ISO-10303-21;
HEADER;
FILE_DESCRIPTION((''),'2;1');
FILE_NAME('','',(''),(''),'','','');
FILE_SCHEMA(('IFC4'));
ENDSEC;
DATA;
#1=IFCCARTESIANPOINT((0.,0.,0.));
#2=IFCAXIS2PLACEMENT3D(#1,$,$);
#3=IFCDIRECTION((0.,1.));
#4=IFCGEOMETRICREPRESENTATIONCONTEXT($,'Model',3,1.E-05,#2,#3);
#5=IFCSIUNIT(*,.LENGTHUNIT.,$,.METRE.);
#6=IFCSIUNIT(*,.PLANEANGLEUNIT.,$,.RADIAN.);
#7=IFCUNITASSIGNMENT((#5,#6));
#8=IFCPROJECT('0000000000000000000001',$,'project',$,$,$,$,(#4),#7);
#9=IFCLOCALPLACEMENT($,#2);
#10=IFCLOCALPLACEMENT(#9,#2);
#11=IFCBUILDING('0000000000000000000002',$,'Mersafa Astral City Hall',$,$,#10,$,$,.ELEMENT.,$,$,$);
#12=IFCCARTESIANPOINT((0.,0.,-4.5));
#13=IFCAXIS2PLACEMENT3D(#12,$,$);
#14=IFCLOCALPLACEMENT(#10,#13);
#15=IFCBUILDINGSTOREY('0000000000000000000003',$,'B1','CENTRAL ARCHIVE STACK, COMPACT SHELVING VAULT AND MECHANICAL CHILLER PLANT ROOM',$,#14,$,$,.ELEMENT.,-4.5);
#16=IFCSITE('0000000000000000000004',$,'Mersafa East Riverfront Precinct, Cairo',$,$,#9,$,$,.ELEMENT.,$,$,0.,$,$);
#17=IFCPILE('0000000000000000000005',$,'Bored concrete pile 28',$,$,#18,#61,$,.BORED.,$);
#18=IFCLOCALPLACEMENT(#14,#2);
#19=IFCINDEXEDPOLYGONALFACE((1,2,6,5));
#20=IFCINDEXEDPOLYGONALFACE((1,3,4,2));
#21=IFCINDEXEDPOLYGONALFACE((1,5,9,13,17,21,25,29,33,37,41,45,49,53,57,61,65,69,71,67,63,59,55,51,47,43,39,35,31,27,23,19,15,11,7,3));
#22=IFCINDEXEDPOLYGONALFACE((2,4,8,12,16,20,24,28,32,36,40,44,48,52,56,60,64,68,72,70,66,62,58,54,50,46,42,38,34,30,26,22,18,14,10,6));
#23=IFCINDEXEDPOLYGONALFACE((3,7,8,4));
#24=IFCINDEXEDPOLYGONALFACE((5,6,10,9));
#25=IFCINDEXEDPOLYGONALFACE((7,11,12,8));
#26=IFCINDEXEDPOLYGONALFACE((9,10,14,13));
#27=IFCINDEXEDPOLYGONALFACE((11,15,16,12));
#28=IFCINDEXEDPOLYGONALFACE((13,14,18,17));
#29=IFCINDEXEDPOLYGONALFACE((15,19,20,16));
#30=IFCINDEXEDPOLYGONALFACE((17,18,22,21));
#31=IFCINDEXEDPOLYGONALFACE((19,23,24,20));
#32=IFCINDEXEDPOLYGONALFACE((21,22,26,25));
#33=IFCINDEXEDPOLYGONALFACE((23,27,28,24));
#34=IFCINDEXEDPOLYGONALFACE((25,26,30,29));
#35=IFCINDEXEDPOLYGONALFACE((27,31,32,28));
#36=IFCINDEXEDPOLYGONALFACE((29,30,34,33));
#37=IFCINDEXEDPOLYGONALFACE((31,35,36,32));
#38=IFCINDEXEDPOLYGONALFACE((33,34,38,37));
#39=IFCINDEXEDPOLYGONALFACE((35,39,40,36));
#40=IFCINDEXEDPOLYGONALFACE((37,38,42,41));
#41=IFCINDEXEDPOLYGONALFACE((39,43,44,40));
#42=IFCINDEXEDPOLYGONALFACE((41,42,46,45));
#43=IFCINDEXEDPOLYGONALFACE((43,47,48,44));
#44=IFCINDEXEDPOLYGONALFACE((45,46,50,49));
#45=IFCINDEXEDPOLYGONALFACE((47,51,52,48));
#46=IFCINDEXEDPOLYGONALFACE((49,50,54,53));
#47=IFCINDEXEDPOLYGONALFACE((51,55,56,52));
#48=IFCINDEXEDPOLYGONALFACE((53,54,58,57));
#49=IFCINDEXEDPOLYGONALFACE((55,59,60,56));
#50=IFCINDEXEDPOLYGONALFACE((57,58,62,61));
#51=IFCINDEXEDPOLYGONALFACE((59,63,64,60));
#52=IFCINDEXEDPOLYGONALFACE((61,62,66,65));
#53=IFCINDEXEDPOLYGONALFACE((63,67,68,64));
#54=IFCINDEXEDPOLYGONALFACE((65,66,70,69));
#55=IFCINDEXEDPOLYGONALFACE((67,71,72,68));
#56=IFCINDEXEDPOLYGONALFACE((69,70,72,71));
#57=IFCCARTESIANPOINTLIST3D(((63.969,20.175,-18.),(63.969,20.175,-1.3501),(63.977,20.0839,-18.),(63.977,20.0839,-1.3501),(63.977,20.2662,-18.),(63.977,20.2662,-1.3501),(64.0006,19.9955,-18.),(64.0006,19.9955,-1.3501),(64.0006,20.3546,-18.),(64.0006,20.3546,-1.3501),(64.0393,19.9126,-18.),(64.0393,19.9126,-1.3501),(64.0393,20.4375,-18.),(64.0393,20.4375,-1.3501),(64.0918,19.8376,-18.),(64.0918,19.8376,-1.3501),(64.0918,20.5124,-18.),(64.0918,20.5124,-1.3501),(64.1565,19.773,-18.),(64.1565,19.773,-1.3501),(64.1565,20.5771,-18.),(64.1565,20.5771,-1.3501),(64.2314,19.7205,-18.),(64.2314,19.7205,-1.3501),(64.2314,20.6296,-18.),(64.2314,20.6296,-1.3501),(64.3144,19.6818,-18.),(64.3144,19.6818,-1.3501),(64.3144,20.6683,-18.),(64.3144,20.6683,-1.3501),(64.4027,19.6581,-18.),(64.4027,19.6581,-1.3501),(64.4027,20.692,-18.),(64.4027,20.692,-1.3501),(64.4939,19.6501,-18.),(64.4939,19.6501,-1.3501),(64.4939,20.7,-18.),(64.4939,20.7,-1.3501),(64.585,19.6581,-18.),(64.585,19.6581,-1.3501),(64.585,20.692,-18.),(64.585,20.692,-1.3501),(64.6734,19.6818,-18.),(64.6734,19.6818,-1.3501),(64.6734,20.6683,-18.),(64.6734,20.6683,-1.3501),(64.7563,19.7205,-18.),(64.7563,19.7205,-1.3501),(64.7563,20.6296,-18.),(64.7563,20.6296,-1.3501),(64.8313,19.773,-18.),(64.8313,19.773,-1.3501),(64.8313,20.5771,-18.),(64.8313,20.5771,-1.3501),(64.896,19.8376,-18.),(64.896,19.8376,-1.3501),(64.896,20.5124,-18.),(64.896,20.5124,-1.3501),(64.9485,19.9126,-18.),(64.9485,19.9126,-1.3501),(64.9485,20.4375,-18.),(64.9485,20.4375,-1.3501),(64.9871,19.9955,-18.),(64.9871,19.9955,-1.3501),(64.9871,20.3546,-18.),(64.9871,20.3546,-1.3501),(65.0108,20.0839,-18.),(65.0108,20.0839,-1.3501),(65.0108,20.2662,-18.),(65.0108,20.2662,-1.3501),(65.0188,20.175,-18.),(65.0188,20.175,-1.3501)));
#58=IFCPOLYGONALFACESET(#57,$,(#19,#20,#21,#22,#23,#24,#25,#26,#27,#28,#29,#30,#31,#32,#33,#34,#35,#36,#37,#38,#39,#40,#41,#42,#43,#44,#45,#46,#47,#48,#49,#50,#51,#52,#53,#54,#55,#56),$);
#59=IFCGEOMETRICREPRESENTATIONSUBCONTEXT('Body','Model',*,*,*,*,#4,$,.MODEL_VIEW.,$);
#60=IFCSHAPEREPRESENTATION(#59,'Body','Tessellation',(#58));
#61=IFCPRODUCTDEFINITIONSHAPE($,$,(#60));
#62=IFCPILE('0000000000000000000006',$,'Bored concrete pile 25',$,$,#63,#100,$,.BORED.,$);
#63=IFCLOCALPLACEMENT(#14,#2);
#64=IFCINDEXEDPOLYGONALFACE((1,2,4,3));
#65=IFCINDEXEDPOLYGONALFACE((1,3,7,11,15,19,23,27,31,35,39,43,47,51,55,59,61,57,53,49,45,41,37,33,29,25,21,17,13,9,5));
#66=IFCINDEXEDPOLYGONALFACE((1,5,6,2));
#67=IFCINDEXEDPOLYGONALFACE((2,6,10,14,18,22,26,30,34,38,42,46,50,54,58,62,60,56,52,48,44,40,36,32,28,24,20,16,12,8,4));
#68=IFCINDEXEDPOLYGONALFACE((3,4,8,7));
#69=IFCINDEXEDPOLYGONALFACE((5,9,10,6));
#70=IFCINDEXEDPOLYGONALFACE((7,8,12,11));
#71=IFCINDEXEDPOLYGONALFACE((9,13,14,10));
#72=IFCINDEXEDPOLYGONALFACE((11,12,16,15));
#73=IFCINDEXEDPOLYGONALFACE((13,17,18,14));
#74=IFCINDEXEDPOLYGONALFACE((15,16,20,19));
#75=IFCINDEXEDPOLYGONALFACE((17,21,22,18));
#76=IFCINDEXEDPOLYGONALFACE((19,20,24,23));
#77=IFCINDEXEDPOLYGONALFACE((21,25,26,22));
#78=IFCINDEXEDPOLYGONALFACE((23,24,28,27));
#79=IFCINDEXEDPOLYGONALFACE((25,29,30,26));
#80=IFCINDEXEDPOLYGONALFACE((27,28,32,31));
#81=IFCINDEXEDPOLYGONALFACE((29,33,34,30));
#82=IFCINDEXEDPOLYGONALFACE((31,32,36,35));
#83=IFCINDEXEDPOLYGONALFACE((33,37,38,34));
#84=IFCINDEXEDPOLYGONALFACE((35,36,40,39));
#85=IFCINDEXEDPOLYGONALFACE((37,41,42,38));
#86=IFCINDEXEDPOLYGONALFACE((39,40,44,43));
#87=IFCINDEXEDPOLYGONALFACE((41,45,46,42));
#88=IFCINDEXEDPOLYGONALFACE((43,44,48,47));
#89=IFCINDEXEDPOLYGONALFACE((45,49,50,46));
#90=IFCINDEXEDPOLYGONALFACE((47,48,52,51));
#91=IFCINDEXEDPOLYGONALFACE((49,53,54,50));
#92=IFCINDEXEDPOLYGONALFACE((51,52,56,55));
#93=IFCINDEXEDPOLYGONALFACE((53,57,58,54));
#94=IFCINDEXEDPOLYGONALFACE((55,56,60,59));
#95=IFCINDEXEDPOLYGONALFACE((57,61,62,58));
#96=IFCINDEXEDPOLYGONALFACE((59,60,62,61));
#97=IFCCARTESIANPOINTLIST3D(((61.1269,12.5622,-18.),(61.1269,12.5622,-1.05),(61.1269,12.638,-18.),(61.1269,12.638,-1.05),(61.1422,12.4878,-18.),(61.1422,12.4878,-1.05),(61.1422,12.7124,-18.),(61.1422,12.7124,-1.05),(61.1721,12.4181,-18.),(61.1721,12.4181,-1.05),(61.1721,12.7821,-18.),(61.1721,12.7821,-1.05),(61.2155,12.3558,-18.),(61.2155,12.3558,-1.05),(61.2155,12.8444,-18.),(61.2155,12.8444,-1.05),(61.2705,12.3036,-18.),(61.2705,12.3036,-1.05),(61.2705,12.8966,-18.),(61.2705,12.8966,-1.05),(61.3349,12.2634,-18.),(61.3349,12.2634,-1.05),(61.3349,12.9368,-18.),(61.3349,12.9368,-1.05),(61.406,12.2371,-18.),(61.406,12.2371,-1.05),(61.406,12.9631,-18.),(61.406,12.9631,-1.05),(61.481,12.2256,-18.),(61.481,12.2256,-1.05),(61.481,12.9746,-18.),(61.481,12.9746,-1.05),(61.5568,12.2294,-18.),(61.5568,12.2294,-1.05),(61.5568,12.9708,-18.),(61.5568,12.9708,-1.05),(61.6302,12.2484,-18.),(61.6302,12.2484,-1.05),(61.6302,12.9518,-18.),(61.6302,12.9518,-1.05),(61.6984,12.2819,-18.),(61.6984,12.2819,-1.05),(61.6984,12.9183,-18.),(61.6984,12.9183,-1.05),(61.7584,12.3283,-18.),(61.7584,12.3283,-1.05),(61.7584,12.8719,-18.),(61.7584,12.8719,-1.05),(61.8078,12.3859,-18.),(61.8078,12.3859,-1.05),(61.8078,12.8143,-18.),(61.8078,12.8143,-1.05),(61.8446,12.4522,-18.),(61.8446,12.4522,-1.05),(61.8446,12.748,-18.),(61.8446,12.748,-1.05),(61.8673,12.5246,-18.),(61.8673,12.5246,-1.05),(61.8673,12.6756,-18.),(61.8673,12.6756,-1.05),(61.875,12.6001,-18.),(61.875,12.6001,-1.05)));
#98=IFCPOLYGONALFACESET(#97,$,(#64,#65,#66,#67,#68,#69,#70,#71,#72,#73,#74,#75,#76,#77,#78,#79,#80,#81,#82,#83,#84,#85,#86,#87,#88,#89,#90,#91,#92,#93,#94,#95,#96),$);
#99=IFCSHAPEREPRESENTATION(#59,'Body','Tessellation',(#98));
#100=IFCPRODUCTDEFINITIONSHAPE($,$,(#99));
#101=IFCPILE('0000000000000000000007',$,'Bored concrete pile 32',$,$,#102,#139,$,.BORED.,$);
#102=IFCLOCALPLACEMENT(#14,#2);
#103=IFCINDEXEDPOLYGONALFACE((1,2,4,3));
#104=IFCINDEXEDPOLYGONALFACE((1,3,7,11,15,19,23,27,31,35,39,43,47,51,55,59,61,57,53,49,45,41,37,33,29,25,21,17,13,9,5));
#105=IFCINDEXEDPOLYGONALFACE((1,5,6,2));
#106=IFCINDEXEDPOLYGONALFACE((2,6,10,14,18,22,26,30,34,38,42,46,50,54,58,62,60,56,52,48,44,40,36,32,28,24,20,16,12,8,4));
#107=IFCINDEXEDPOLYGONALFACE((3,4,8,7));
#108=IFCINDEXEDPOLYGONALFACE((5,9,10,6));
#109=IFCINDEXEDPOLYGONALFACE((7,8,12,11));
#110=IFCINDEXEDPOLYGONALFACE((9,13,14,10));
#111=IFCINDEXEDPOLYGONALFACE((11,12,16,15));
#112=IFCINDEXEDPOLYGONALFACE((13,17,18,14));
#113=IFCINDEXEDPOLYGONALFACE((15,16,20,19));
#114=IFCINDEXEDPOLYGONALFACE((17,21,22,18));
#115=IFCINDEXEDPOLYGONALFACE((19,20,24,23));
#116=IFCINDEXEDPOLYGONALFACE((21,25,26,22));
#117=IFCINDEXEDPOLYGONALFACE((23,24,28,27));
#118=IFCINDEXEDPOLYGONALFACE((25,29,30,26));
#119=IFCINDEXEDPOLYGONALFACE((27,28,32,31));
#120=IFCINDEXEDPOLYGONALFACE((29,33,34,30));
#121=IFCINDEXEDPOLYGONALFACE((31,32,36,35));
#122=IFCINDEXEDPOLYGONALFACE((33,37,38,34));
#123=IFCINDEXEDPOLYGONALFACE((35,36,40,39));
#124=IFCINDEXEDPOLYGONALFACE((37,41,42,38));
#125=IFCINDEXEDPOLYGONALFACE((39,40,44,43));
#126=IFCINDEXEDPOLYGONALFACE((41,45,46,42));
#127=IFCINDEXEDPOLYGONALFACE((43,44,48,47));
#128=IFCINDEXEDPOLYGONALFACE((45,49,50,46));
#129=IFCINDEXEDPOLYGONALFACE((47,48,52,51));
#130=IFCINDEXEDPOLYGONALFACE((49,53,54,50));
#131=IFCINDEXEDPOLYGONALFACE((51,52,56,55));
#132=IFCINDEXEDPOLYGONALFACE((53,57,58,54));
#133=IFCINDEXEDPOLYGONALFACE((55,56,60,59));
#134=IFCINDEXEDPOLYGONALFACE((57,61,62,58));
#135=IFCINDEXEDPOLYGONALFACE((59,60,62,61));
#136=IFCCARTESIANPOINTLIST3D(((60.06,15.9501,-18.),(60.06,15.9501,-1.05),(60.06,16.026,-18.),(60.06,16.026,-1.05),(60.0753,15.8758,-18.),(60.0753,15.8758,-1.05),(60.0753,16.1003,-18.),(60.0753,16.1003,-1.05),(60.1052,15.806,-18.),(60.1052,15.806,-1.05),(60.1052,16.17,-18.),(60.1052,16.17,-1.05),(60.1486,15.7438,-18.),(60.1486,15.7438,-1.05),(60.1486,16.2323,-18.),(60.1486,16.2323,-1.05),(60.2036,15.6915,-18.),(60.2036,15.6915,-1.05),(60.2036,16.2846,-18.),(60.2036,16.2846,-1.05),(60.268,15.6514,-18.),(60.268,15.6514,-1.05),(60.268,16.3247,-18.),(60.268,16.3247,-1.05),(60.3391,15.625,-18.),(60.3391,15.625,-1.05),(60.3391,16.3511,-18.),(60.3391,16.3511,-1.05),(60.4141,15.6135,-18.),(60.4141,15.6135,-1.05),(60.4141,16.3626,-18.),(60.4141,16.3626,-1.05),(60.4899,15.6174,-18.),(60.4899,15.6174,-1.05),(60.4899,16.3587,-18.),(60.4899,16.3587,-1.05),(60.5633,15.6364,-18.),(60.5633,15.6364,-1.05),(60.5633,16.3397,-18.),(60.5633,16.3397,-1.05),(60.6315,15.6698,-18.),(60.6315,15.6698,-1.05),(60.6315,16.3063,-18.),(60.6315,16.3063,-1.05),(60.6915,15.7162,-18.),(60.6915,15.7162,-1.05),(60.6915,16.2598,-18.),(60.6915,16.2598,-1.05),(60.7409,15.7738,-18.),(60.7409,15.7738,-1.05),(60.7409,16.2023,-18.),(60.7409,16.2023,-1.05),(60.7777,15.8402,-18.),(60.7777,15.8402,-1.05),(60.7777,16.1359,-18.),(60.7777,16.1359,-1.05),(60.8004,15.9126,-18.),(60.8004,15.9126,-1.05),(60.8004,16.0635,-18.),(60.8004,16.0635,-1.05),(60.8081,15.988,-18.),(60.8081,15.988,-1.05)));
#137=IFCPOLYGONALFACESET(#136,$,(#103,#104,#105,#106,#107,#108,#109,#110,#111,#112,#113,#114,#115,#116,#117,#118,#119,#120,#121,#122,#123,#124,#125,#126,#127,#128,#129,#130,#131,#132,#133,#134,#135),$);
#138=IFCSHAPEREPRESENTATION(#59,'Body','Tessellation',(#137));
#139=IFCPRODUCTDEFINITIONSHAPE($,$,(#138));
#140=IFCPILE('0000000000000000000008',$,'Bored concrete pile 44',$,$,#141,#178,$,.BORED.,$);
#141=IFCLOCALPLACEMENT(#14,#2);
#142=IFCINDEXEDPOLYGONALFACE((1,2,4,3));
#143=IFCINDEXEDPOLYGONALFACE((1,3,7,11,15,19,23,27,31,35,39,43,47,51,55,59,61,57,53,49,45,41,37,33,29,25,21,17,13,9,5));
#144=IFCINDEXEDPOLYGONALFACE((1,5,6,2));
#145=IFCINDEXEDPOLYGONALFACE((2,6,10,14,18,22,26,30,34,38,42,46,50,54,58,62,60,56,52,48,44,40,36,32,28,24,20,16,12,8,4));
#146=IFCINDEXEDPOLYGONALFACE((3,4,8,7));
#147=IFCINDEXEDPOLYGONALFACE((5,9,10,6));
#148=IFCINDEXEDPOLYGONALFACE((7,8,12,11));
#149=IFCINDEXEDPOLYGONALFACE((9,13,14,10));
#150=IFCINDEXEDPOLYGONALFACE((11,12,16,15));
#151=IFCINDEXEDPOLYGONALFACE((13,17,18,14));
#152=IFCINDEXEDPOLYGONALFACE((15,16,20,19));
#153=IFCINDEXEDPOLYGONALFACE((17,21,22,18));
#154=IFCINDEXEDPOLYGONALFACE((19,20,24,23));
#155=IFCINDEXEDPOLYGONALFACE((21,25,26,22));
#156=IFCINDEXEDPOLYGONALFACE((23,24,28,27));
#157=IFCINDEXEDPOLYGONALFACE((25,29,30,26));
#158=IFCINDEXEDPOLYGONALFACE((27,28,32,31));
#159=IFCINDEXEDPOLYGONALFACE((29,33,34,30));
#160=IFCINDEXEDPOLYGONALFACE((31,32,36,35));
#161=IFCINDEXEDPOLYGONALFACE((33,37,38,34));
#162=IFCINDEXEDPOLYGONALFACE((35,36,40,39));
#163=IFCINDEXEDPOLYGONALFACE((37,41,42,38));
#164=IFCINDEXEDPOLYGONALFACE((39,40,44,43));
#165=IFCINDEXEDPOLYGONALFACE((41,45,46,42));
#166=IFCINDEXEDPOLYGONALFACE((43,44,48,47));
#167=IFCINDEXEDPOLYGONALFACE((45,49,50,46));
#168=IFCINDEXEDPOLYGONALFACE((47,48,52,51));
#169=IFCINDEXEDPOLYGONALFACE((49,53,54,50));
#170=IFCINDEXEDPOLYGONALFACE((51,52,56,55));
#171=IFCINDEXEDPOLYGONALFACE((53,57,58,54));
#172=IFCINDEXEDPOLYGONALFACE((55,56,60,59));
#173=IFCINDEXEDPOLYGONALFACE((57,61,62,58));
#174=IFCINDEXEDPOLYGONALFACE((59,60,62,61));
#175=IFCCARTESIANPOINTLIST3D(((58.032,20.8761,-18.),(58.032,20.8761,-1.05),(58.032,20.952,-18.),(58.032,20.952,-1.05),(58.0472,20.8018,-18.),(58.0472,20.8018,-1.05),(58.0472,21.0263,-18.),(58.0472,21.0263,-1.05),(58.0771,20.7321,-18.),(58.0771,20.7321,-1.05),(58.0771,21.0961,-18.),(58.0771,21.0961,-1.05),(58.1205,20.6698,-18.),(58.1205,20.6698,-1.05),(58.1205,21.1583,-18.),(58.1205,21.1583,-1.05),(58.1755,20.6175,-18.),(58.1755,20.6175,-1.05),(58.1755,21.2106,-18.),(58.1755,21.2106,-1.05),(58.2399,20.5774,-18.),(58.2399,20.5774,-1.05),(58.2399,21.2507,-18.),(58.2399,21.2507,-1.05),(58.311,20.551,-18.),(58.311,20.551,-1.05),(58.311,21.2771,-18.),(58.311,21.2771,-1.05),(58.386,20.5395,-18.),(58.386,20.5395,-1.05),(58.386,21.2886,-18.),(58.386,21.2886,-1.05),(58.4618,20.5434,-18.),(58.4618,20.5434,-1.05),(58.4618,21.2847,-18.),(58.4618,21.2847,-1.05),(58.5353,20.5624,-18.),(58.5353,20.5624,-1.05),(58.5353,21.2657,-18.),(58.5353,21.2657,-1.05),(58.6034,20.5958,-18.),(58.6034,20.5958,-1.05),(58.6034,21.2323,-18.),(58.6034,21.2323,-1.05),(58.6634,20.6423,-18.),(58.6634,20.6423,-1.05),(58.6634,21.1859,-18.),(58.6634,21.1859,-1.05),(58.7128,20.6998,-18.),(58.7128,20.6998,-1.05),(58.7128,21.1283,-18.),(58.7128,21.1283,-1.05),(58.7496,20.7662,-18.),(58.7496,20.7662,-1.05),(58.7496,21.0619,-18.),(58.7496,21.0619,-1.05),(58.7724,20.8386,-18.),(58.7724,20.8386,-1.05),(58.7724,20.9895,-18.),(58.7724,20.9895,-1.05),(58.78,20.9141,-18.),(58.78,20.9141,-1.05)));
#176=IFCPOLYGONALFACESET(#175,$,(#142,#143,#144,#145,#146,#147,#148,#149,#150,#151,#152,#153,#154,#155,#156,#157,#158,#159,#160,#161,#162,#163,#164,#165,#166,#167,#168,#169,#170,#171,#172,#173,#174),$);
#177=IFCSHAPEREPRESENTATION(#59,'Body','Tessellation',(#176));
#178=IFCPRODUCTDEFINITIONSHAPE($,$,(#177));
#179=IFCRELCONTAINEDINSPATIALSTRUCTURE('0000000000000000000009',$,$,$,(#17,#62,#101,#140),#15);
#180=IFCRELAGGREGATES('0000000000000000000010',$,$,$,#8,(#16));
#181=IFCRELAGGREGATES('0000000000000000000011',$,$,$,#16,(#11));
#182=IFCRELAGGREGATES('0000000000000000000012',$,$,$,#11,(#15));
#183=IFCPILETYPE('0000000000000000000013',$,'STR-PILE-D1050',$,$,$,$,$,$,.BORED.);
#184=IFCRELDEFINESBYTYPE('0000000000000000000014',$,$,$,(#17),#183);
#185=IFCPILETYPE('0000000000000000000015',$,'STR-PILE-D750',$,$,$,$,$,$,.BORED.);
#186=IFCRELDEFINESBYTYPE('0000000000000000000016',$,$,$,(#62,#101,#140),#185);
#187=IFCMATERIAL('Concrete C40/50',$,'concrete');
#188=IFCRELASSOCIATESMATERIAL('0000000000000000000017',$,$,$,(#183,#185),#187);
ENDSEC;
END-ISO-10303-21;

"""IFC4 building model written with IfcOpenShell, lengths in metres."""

from ifc_helpers import new_model, si_unit, direction, frame, origin, origin_2d, place, context, subcontext, project, spatial, circle, extrude, material, material_profile, profile_set, type_object, element, save


model = new_model("IFC4")

# Units and contexts
model_context = context("Model", 3, precision=1e-05, world=origin(), true_north=direction((0.0, 1.0)))
body_context = subcontext(model_context, "Body", "Model", "MODEL_VIEW")
ifc_project = project(units=[si_unit("LENGTHUNIT", "METRE"), si_unit("PLANEANGLEUNIT", "RADIAN")], contexts=[model_context])

# Site, building, storey
site_placement = place(None, origin())
site = spatial("IfcSite", under=ifc_project, at=site_placement, Name="Mersafa East Riverfront Precinct, Cairo", CompositionType="ELEMENT", RefElevation=0.0)
building_placement = place(site_placement, origin())
building = spatial("IfcBuilding", under=site, at=building_placement, Name="Mersafa Astral City Hall", CompositionType="ELEMENT")
storey_placement = place(building_placement, frame((0.0, 0.0, -4.5)))
storey = spatial("IfcBuildingStorey", under=building, at=storey_placement, Name="B1", Description="CENTRAL ARCHIVE STACK, COMPACT SHELVING VAULT AND MECHANICAL CHILLER PLANT ROOM", CompositionType="ELEMENT", Elevation=-4.5)

# Shared definitions
ifc_material = material(Name="Concrete C40/50", Category="concrete")

# Piles
ifc_material_profile_1 = material_profile(ifc_material, circle(Radius=0.5249, at=origin_2d()), Name="PILE D1050")
ifc_profile_set_1 = profile_set([ifc_material_profile_1], Name="Concrete C40/50")
pile_type_1 = type_object("IfcPileType", Name="STR-PILE-D1050", PredefinedType="BORED", material=ifc_profile_set_1)
for number, where, z_axis, x_axis, name in (
    (1, (64.4939, 20.175, -1.3501), (0.0, 0.0, -1.0), (1.0, 0.0, 0.0), "Bored concrete pile 28"),
):
    element("IfcPile", number, at=place(storey_placement, frame(where, z_axis=z_axis, x_axis=x_axis)), inside=storey, type_object=pile_type_1, Name=name, PredefinedType="BORED", context=body_context, shape_type="SweptSolid", body=[
        extrude(circle(Radius=0.5249, at=origin_2d()), origin(), (0.0, 0.0, 1.0), 16.6499),
    ])
ifc_material_profile_2 = material_profile(ifc_material, circle(Radius=0.375, at=origin_2d()), Name="PILE D750")
ifc_profile_set_2 = profile_set([ifc_material_profile_2], Name="Concrete C40/50")
pile_type_2 = type_object("IfcPileType", Name="STR-PILE-D750", PredefinedType="BORED", material=ifc_profile_set_2)
for number, where, z_axis, x_axis, name in (
    (2, (61.5, 12.6001, -1.05), (0.0, 0.0, -1.0), (1.0, 0.0, 0.0), "Bored concrete pile 25"),
    (3, (60.4331, 15.988, -1.05), (0.0, 0.0, -1.0), (1.0, 0.0, 0.0), "Bored concrete pile 32"),
    (4, (58.405, 20.9141, -1.05), (0.0, 0.0, -1.0), (1.0, 0.0, 0.0), "Bored concrete pile 44"),
):
    element("IfcPile", number, at=place(storey_placement, frame(where, z_axis=z_axis, x_axis=x_axis)), inside=storey, type_object=pile_type_2, Name=name, PredefinedType="BORED", context=body_context, shape_type="SweptSolid", body=[
        extrude(circle(Radius=0.375, at=origin_2d()), origin(), (0.0, 0.0, 1.0), 16.95),
    ])

save(model, "model.ifc")
